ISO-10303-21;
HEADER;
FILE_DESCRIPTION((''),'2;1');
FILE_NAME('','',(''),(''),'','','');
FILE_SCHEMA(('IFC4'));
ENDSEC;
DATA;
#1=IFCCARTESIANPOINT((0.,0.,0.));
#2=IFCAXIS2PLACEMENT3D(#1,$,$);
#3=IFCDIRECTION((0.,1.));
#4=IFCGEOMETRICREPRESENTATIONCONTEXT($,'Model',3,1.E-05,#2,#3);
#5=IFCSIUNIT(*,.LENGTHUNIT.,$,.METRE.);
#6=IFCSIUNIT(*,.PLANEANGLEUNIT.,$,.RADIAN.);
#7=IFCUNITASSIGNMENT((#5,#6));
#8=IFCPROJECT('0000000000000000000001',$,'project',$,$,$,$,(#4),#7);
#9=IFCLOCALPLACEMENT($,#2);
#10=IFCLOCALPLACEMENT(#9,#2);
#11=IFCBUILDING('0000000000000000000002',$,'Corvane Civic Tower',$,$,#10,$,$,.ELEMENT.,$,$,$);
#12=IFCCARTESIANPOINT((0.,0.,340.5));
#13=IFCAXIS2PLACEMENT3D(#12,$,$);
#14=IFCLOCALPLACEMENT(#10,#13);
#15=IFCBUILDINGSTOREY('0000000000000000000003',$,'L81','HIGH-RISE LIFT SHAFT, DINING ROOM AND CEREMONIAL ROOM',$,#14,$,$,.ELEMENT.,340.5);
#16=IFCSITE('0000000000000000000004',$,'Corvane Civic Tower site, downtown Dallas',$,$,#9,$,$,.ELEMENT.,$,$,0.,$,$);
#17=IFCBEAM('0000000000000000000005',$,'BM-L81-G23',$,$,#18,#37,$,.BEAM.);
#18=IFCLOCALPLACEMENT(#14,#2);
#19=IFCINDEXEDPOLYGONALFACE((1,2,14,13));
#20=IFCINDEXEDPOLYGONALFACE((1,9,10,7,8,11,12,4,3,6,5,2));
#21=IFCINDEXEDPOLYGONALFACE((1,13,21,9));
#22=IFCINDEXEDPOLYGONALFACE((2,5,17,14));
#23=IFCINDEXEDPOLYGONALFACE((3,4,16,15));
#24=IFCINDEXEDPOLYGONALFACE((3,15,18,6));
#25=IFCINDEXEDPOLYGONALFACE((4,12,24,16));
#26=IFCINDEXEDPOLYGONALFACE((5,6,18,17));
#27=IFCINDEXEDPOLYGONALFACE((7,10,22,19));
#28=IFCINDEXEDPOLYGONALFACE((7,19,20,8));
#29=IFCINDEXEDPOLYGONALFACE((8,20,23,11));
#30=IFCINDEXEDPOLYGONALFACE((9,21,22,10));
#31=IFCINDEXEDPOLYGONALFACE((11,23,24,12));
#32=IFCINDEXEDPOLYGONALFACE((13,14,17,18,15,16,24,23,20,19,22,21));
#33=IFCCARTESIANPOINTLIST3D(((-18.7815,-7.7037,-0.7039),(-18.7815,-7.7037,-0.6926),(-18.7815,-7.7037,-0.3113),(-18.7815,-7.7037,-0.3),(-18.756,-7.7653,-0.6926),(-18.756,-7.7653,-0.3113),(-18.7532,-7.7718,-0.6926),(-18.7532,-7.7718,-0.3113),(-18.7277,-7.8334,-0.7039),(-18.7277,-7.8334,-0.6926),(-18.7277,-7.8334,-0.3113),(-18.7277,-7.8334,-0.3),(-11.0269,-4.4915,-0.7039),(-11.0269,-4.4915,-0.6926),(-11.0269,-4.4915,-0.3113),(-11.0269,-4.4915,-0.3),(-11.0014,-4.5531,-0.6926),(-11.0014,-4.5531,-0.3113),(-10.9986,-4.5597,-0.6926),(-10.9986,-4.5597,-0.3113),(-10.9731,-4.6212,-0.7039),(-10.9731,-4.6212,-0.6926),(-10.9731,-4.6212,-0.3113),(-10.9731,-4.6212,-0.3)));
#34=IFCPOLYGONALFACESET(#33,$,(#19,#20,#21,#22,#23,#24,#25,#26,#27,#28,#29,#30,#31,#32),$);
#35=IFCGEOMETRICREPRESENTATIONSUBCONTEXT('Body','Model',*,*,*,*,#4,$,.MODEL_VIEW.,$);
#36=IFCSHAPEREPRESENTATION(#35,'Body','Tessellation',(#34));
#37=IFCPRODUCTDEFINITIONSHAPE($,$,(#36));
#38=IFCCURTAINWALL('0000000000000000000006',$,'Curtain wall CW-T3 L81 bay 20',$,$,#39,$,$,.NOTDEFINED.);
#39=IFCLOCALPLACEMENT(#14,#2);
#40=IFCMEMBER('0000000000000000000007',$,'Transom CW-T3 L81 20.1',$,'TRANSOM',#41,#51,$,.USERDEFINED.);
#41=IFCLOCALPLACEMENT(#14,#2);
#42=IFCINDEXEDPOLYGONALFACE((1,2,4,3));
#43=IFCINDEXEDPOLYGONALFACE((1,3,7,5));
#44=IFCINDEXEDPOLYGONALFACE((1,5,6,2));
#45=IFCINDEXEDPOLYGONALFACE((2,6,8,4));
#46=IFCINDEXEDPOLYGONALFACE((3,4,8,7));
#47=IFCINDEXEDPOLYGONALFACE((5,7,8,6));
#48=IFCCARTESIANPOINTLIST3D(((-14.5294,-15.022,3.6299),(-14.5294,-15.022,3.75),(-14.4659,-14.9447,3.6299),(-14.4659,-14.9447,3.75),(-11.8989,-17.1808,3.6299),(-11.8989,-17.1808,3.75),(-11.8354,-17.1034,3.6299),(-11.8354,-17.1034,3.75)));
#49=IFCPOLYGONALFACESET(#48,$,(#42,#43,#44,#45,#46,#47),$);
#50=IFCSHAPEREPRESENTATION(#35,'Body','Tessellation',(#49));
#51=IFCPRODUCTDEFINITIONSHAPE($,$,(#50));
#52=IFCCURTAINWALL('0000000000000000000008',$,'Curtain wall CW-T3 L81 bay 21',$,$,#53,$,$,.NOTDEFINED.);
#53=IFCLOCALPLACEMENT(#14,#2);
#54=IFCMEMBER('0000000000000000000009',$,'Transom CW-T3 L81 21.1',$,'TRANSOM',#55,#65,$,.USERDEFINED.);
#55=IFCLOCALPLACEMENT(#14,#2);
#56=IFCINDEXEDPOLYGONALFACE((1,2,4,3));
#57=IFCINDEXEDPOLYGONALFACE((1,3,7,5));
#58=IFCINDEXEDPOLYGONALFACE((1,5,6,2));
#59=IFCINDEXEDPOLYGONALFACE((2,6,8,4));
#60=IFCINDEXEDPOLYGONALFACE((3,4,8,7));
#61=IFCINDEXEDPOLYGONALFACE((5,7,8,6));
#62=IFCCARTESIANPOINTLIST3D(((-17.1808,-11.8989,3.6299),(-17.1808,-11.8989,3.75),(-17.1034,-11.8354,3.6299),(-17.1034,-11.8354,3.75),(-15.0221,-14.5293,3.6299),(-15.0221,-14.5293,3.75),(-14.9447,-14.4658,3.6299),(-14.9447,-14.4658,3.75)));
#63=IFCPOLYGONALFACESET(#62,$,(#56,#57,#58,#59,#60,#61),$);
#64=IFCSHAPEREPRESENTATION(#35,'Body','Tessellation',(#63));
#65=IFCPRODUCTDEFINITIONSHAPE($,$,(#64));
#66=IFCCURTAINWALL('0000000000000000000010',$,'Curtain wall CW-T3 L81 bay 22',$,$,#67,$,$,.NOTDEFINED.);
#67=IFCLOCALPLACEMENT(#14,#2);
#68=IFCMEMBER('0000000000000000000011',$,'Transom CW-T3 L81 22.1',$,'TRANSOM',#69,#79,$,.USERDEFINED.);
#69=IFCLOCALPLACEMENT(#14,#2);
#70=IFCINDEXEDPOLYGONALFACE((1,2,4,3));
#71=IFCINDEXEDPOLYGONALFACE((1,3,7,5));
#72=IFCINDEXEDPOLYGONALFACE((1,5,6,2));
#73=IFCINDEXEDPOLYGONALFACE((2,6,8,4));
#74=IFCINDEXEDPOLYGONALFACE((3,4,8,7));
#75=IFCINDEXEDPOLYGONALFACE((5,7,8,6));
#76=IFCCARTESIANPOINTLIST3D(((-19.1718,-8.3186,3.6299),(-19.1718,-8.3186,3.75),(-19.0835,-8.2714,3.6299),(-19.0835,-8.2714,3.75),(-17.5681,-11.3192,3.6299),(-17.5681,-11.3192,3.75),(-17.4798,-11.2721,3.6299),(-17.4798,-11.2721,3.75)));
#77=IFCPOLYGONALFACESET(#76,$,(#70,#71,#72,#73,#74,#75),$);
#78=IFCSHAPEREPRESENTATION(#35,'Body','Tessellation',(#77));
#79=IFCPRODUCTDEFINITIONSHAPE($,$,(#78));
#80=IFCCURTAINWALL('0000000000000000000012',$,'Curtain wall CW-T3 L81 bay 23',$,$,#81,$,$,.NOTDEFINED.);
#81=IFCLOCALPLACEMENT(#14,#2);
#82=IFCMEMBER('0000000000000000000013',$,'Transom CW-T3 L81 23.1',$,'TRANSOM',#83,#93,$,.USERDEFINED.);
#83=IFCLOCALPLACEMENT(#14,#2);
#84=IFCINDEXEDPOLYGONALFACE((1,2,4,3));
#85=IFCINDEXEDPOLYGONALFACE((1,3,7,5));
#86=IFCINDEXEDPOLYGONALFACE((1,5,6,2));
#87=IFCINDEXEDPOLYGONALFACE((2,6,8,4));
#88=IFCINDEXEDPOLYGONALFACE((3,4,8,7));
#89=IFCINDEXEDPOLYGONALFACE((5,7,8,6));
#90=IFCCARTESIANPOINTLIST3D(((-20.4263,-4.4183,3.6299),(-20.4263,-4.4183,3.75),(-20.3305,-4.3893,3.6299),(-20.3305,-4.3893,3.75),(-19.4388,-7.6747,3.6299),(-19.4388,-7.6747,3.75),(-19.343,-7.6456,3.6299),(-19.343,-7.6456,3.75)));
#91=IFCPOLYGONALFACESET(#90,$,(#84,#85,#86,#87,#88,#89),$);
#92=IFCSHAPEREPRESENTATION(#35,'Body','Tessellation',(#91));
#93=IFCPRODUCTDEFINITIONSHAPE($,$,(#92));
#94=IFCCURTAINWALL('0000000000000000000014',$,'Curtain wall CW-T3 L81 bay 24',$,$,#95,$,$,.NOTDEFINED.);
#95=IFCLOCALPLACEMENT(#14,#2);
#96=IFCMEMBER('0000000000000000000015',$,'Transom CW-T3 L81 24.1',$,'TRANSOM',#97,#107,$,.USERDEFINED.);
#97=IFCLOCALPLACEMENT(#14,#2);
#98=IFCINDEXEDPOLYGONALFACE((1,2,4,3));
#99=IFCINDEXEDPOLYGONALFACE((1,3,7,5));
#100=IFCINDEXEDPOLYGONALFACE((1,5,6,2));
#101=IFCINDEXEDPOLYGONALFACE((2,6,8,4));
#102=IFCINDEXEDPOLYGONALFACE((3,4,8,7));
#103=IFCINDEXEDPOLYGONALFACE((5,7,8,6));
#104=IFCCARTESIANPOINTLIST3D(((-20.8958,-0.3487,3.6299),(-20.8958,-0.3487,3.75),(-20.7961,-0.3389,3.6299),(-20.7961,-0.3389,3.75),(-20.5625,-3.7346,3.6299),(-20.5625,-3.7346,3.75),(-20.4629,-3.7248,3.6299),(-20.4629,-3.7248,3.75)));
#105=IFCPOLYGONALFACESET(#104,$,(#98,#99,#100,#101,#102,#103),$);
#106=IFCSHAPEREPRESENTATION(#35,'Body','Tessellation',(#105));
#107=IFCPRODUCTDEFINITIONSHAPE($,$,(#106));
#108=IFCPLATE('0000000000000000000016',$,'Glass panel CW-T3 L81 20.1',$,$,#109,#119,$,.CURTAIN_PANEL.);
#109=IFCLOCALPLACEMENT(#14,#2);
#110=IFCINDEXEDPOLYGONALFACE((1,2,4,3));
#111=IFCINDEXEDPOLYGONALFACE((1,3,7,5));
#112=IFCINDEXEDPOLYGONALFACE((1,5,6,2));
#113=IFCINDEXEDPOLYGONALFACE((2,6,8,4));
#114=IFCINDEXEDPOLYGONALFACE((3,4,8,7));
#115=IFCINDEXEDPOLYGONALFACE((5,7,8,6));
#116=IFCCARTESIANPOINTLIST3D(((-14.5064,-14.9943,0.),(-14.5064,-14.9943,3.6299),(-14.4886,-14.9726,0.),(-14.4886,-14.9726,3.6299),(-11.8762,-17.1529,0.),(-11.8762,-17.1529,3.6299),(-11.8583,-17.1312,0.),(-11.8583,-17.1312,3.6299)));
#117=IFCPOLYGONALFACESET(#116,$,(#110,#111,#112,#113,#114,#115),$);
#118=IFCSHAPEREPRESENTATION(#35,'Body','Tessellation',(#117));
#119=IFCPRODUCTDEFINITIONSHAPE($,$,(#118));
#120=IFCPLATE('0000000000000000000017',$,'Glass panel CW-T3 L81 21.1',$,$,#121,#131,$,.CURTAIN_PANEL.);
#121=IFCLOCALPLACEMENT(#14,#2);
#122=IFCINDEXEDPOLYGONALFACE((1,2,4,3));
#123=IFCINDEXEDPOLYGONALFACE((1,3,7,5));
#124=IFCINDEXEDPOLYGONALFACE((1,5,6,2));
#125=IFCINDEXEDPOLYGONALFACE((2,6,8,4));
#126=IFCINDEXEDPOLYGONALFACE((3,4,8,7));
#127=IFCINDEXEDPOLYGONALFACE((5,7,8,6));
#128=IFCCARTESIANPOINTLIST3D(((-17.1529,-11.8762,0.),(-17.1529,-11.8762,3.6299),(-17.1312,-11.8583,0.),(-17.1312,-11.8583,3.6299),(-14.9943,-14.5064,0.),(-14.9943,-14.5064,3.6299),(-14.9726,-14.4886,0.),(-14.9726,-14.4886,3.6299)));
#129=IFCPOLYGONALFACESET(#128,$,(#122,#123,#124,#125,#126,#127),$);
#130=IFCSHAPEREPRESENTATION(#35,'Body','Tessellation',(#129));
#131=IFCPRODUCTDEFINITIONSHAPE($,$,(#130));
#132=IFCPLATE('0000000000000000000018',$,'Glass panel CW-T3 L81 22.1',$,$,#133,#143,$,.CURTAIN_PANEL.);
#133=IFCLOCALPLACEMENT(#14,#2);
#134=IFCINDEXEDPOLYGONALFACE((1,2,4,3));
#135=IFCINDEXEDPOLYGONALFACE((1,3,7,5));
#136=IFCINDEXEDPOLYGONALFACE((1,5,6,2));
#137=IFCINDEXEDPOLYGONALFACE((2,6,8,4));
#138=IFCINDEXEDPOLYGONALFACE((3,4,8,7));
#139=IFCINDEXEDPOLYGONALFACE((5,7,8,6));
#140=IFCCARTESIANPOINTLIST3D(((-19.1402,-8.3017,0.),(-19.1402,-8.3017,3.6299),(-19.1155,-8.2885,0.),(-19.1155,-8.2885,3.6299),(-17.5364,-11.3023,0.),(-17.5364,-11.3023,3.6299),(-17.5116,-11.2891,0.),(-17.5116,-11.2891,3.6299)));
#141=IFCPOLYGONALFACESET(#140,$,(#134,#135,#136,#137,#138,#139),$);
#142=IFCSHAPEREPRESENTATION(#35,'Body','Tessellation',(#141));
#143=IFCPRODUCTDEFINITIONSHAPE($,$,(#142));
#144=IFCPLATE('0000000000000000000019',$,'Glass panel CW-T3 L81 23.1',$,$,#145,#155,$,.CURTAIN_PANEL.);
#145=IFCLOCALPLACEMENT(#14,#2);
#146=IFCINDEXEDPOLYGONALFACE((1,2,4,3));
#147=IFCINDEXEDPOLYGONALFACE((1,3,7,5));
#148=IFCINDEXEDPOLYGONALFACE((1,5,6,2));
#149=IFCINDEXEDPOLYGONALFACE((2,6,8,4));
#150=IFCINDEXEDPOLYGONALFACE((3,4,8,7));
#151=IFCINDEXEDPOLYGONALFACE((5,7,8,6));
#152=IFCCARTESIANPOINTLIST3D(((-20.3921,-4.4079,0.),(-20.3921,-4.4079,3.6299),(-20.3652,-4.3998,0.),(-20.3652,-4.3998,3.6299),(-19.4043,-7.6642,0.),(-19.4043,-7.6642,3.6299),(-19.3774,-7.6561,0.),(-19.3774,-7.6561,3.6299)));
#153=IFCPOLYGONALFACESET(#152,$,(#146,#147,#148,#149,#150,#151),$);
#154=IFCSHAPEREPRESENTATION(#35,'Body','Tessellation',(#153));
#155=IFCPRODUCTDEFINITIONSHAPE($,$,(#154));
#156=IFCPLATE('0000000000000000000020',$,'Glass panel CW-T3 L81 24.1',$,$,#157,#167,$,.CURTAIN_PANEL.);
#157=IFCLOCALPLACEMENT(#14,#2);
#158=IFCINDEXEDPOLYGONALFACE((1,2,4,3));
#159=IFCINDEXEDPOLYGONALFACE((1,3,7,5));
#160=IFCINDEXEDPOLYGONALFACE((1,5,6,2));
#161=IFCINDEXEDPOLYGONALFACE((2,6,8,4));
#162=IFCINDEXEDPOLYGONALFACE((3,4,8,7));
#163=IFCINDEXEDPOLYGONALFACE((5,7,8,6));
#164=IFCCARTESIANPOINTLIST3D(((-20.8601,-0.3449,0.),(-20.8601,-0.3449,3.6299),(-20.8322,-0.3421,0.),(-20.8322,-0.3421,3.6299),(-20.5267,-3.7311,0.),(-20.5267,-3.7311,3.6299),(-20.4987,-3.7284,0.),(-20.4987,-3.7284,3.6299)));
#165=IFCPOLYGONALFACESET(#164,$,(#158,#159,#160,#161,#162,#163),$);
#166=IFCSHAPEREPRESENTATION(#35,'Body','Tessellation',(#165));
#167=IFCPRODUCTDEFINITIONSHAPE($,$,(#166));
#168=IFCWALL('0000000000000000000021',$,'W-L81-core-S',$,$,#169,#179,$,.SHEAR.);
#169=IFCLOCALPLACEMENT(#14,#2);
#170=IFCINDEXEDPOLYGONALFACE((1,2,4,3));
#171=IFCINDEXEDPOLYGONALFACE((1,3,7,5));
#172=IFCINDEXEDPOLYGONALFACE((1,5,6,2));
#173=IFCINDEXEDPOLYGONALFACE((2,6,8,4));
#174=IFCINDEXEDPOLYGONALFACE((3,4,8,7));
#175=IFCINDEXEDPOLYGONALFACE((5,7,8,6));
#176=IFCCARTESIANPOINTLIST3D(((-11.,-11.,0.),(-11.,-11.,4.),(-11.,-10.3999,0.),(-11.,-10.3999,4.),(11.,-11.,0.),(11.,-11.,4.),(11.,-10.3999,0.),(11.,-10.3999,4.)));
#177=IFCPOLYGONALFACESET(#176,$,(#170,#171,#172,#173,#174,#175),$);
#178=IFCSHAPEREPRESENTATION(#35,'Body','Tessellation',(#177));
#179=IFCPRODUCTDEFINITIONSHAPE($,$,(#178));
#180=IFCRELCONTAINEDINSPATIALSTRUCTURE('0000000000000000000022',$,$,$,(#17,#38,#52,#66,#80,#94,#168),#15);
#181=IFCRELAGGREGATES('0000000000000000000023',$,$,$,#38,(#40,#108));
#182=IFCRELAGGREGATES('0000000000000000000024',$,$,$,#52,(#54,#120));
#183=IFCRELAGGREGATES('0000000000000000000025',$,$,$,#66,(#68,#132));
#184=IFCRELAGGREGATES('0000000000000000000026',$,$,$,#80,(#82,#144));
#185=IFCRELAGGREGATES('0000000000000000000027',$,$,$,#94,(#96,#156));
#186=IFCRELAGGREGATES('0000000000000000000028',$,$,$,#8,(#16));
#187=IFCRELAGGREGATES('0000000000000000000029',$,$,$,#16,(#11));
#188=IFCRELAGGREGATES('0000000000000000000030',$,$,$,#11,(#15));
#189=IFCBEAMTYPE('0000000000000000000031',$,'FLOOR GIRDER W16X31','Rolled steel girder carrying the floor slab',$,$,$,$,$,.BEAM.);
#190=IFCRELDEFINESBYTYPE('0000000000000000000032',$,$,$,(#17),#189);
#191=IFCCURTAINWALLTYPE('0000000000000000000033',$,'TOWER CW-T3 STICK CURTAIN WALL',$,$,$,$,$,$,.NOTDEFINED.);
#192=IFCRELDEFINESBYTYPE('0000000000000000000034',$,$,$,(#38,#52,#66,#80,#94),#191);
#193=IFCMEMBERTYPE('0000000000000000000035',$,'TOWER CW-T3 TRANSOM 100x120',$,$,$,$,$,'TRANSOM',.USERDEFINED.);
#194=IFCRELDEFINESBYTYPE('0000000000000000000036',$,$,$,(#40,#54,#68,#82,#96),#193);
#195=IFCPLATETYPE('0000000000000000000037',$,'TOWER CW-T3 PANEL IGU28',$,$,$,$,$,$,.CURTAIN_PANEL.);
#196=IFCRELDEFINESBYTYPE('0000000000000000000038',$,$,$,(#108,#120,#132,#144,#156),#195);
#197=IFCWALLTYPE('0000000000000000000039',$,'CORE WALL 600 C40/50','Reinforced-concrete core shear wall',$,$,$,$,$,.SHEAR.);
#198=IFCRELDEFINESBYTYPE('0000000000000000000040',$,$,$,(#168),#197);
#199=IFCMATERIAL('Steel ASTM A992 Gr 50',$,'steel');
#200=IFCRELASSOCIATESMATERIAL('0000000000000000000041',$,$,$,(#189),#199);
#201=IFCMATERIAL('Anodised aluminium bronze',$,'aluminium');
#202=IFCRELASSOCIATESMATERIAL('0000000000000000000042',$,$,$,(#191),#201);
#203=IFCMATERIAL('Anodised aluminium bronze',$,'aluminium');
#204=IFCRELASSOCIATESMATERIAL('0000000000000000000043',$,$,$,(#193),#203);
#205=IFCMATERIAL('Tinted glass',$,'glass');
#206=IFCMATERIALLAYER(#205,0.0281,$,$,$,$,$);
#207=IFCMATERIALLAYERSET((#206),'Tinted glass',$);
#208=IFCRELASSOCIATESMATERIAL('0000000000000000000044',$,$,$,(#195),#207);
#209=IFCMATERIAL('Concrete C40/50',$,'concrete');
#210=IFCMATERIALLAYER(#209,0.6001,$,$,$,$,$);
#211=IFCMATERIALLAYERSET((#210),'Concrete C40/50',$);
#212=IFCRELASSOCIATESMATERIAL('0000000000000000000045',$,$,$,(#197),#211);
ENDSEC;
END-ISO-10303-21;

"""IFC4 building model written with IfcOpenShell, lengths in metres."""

from ifc_helpers import new_model, si_unit, direction, frame, frame_2d, origin, origin_2d, place, context, subcontext, project, spatial, rectangle, i_section, extrude, material, layer, layer_set, material_profile, profile_set, type_object, element, aggregate, save


model = new_model("IFC4")

# Units and contexts
model_context = context("Model", 3, precision=1e-05, world=origin(), true_north=direction((0.0, 1.0)))
body_context = subcontext(model_context, "Body", "Model", "MODEL_VIEW")
ifc_project = project(units=[si_unit("LENGTHUNIT", "METRE"), si_unit("PLANEANGLEUNIT", "RADIAN")], contexts=[model_context])

# Site, building, storey
site_placement = place(None, origin())
site = spatial("IfcSite", under=ifc_project, at=site_placement, Name="Corvane Civic Tower site, downtown Dallas", CompositionType="ELEMENT", RefElevation=0.0)
building_placement = place(site_placement, origin())
building = spatial("IfcBuilding", under=site, at=building_placement, Name="Corvane Civic Tower", CompositionType="ELEMENT")
storey_placement = place(building_placement, frame((0.0, 0.0, 340.5)))
storey = spatial("IfcBuildingStorey", under=building, at=storey_placement, Name="L81", Description="HIGH-RISE LIFT SHAFT, DINING ROOM AND CEREMONIAL ROOM", CompositionType="ELEMENT", Elevation=340.5)

# Beam
ifc_material_1 = material(Name="Steel ASTM A992 Gr 50", Category="steel")
ifc_material_profile_1 = material_profile(ifc_material_1, i_section(OverallWidth=0.1404, OverallDepth=0.4038, WebThickness=0.0071, FlangeThickness=0.0112, at=origin_2d()), Name="W16X31")
ifc_profile_set_1 = profile_set([ifc_material_profile_1], Name="Steel ASTM A992 Gr 50")
beam_type_1 = type_object("IfcBeamType", Name="FLOOR GIRDER W16X31", Description="Rolled steel girder carrying the floor slab", PredefinedType="BEAM", material=ifc_profile_set_1)
beam_1_placement = place(storey_placement, frame((-11.0, -4.5564, -0.502), z_axis=(-0.923876, -0.382692, 0.0), x_axis=(0.382692, -0.923876, 0.0)))
element("IfcBeam", 1, at=beam_1_placement, inside=storey, type_object=beam_type_1, Name="BM-L81-G23", PredefinedType="BEAM", context=body_context, shape_type="SweptSolid", body=[
    extrude(i_section(OverallWidth=0.1404, OverallDepth=0.4038, WebThickness=0.0071, FlangeThickness=0.0112, at=origin_2d()), origin(), (0.0, 0.0, 1.0), 8.3936),
])

# Curtain walls, members
ifc_material_2 = material(Name="Anodised aluminium bronze", Category="aluminium")
curtain_wall_type = type_object("IfcCurtainWallType", Name="TOWER CW-T3 STICK CURTAIN WALL", PredefinedType="NOTDEFINED", material=ifc_material_2)
curtain_wall_1_placement = place(storey_placement, origin())
curtain_wall_1 = element("IfcCurtainWall", 2, at=curtain_wall_1_placement, inside=storey, type_object=curtain_wall_type, Name="Curtain wall CW-T3 L81 bay 20", PredefinedType="NOTDEFINED")
ifc_material_3 = material(Name="Anodised aluminium bronze", Category="aluminium")
ifc_material_profile_2 = material_profile(ifc_material_3, rectangle(XDim=0.1001, YDim=0.1201, at=origin_2d()), Name="TOWER CW-T3 TRANSOM 100x120")
ifc_profile_set_2 = profile_set([ifc_material_profile_2], Name="Anodised aluminium bronze")
member_type = type_object("IfcMemberType", Name="TOWER CW-T3 TRANSOM 100x120", ElementType="TRANSOM", PredefinedType="USERDEFINED", material=ifc_profile_set_2)
member_1_placement = place(storey_placement, frame((-11.8672, -17.1421, 3.6899), z_axis=(-0.77301, 0.634394, 0.0), x_axis=(-0.634394, -0.77301, 0.0)))
member_1 = element("IfcMember", 3, at=member_1_placement, type_object=member_type, Name="Transom CW-T3 L81 20.1", ObjectType="TRANSOM", PredefinedType="USERDEFINED", context=body_context, shape_type="SweptSolid", body=[
    extrude(rectangle(XDim=0.1001, YDim=0.1201, at=origin_2d()), origin(), (0.0, 0.0, 1.0), 3.4028),
])
curtain_wall_2_placement = place(storey_placement, origin())
curtain_wall_2 = element("IfcCurtainWall", 4, at=curtain_wall_2_placement, inside=storey, type_object=curtain_wall_type, Name="Curtain wall CW-T3 L81 bay 21", PredefinedType="NOTDEFINED")
member_2_placement = place(storey_placement, frame((-14.9834, -14.4976, 3.6899), z_axis=(-0.634394, 0.77301, 0.0), x_axis=(-0.77301, -0.634394, 0.0)))
member_2 = element("IfcMember", 5, at=member_2_placement, type_object=member_type, Name="Transom CW-T3 L81 21.1", ObjectType="TRANSOM", PredefinedType="USERDEFINED", context=body_context, shape_type="SweptSolid", body=[
    extrude(rectangle(XDim=0.1001, YDim=0.1201, at=origin_2d()), origin(), (0.0, 0.0, 1.0), 3.4028),
])
curtain_wall_3_placement = place(storey_placement, origin())
curtain_wall_3 = element("IfcCurtainWall", 6, at=curtain_wall_3_placement, inside=storey, type_object=curtain_wall_type, Name="Curtain wall CW-T3 L81 bay 22", PredefinedType="NOTDEFINED")
member_3_placement = place(storey_placement, frame((-17.5239, -11.2957, 3.6899), z_axis=(-0.471359, 0.881941, 0.0), x_axis=(-0.881941, -0.471359, 0.0)))
member_3 = element("IfcMember", 7, at=member_3_placement, type_object=member_type, Name="Transom CW-T3 L81 22.1", ObjectType="TRANSOM", PredefinedType="USERDEFINED", context=body_context, shape_type="SweptSolid", body=[
    extrude(rectangle(XDim=0.1001, YDim=0.1201, at=origin_2d()), origin(), (0.0, 0.0, 1.0), 3.4023),
])
curtain_wall_4_placement = place(storey_placement, origin())
curtain_wall_4 = element("IfcCurtainWall", 8, at=curtain_wall_4_placement, inside=storey, type_object=curtain_wall_type, Name="Curtain wall CW-T3 L81 bay 23", PredefinedType="NOTDEFINED")
member_4_placement = place(storey_placement, frame((-19.3909, -7.6602, 3.6899), z_axis=(-0.290216, 0.956961, 0.0), x_axis=(-0.956961, -0.290216, 0.0)))
member_4 = element("IfcMember", 9, at=member_4_placement, type_object=member_type, Name="Transom CW-T3 L81 23.1", ObjectType="TRANSOM", PredefinedType="USERDEFINED", context=body_context, shape_type="SweptSolid", body=[
    extrude(rectangle(XDim=0.1001, YDim=0.1201, at=origin_2d()), origin(), (0.0, 0.0, 1.0), 3.4028),
])
curtain_wall_5_placement = place(storey_placement, origin())
curtain_wall_5 = element("IfcCurtainWall", 10, at=curtain_wall_5_placement, inside=storey, type_object=curtain_wall_type, Name="Curtain wall CW-T3 L81 bay 24", PredefinedType="NOTDEFINED")
member_5_placement = place(storey_placement, frame((-20.5127, -3.7297, 3.6899), z_axis=(-0.097948, 0.995192, 0.0), x_axis=(-0.995192, -0.097948, 0.0)))
member_5 = element("IfcMember", 11, at=member_5_placement, type_object=member_type, Name="Transom CW-T3 L81 24.1", ObjectType="TRANSOM", PredefinedType="USERDEFINED", context=body_context, shape_type="SweptSolid", body=[
    extrude(rectangle(XDim=0.1001, YDim=0.1201, at=origin_2d()), origin(), (0.0, 0.0, 1.0), 3.4023),
])

# Plates
ifc_material_4 = material(Name="Tinted glass", Category="glass")
ifc_layer_1 = layer(ifc_material_4, 0.0281)
ifc_layer_set_1 = layer_set([ifc_layer_1], Name="Tinted glass")
plate_type = type_object("IfcPlateType", Name="TOWER CW-T3 PANEL IGU28", PredefinedType="CURTAIN_PANEL", material=ifc_layer_set_1)
plate_1_placement = place(storey_placement, frame((-13.1824, -16.0627, 0.0), z_axis=(0.0, 0.0, 1.0), x_axis=(-0.77301, 0.634393, 0.0)))
plate_1 = element("IfcPlate", 12, at=plate_1_placement, type_object=plate_type, Name="Glass panel CW-T3 L81 20.1", PredefinedType="CURTAIN_PANEL", context=body_context, shape_type="SweptSolid", body=[
    extrude(rectangle(XDim=3.4026, YDim=0.0281, at=origin_2d()), origin(), (0.0, 0.0, 1.0), 3.6299),
])
aggregate(curtain_wall_1, [member_1, plate_1])
plate_2_placement = place(storey_placement, frame((-16.0627, -13.1824, 0.0), z_axis=(0.0, 0.0, 1.0), x_axis=(-0.634393, 0.77301, 0.0)))
plate_2 = element("IfcPlate", 13, at=plate_2_placement, type_object=plate_type, Name="Glass panel CW-T3 L81 21.1", PredefinedType="CURTAIN_PANEL", context=body_context, shape_type="SweptSolid", body=[
    extrude(rectangle(XDim=3.4026, YDim=0.0281, at=origin_2d()), origin(), (0.0, 0.0, 1.0), 3.6299),
])
aggregate(curtain_wall_2, [member_2, plate_2])
plate_3_placement = place(storey_placement, frame((-18.3259, -9.7954, 0.0), z_axis=(0.0, 0.0, 1.0), x_axis=(-0.471384, 0.881928, 0.0)))
plate_3 = element("IfcPlate", 14, at=plate_3_placement, type_object=plate_type, Name="Glass panel CW-T3 L81 22.1", PredefinedType="CURTAIN_PANEL", context=body_context, shape_type="SweptSolid", body=[
    extrude(rectangle(XDim=3.4023, YDim=0.0281, at=origin_2d()), origin(), (0.0, 0.0, 1.0), 3.6299),
])
aggregate(curtain_wall_3, [member_3, plate_3])
plate_4_placement = place(storey_placement, frame((-19.8848, -6.032, 0.0), z_axis=(0.0, 0.0, 1.0), x_axis=(-0.29029, 0.956939, 0.0)))
plate_4 = element("IfcPlate", 15, at=plate_4_placement, type_object=plate_type, Name="Glass panel CW-T3 L81 23.1", PredefinedType="CURTAIN_PANEL", context=body_context, shape_type="SweptSolid", body=[
    extrude(rectangle(XDim=3.4028, YDim=0.0281, at=origin_2d()), origin(), (0.0, 0.0, 1.0), 3.6299),
])
aggregate(curtain_wall_4, [member_4, plate_4])
plate_5_placement = place(storey_placement, frame((-20.6794, -2.0366, 0.0), z_axis=(0.0, 0.0, 1.0), x_axis=(-0.097998, 0.995187, 0.0)))
plate_5 = element("IfcPlate", 16, at=plate_5_placement, type_object=plate_type, Name="Glass panel CW-T3 L81 24.1", PredefinedType="CURTAIN_PANEL", context=body_context, shape_type="SweptSolid", body=[
    extrude(rectangle(XDim=3.4026, YDim=0.0281, at=origin_2d()), origin(), (0.0, 0.0, 1.0), 3.6299),
])
aggregate(curtain_wall_5, [member_5, plate_5])

# Wall
ifc_material_5 = material(Name="Concrete C40/50", Category="concrete")
ifc_layer_2 = layer(ifc_material_5, 0.6001)
ifc_layer_set_2 = layer_set([ifc_layer_2], Name="Concrete C40/50")
wall_type_1 = type_object("IfcWallType", Name="CORE WALL 600 C40/50", Description="Reinforced-concrete core shear wall", PredefinedType="SHEAR", material=ifc_layer_set_2)
wall_1_placement = place(storey_placement, frame((-11.0, -10.7, 0.0), z_axis=(0.0, 0.0, 1.0), x_axis=(1.0, 0.0, 0.0)))
element("IfcWall", 17, at=wall_1_placement, inside=storey, type_object=wall_type_1, Name="W-L81-core-S", PredefinedType="SHEAR", context=body_context, shape_type="SweptSolid", body=[
    extrude(rectangle(XDim=22.0, YDim=0.6001, at=frame_2d((11.0, 0.0))), origin(), (0.0, 0.0, 1.0), 4.0),
])

save(model, "model.ifc")
